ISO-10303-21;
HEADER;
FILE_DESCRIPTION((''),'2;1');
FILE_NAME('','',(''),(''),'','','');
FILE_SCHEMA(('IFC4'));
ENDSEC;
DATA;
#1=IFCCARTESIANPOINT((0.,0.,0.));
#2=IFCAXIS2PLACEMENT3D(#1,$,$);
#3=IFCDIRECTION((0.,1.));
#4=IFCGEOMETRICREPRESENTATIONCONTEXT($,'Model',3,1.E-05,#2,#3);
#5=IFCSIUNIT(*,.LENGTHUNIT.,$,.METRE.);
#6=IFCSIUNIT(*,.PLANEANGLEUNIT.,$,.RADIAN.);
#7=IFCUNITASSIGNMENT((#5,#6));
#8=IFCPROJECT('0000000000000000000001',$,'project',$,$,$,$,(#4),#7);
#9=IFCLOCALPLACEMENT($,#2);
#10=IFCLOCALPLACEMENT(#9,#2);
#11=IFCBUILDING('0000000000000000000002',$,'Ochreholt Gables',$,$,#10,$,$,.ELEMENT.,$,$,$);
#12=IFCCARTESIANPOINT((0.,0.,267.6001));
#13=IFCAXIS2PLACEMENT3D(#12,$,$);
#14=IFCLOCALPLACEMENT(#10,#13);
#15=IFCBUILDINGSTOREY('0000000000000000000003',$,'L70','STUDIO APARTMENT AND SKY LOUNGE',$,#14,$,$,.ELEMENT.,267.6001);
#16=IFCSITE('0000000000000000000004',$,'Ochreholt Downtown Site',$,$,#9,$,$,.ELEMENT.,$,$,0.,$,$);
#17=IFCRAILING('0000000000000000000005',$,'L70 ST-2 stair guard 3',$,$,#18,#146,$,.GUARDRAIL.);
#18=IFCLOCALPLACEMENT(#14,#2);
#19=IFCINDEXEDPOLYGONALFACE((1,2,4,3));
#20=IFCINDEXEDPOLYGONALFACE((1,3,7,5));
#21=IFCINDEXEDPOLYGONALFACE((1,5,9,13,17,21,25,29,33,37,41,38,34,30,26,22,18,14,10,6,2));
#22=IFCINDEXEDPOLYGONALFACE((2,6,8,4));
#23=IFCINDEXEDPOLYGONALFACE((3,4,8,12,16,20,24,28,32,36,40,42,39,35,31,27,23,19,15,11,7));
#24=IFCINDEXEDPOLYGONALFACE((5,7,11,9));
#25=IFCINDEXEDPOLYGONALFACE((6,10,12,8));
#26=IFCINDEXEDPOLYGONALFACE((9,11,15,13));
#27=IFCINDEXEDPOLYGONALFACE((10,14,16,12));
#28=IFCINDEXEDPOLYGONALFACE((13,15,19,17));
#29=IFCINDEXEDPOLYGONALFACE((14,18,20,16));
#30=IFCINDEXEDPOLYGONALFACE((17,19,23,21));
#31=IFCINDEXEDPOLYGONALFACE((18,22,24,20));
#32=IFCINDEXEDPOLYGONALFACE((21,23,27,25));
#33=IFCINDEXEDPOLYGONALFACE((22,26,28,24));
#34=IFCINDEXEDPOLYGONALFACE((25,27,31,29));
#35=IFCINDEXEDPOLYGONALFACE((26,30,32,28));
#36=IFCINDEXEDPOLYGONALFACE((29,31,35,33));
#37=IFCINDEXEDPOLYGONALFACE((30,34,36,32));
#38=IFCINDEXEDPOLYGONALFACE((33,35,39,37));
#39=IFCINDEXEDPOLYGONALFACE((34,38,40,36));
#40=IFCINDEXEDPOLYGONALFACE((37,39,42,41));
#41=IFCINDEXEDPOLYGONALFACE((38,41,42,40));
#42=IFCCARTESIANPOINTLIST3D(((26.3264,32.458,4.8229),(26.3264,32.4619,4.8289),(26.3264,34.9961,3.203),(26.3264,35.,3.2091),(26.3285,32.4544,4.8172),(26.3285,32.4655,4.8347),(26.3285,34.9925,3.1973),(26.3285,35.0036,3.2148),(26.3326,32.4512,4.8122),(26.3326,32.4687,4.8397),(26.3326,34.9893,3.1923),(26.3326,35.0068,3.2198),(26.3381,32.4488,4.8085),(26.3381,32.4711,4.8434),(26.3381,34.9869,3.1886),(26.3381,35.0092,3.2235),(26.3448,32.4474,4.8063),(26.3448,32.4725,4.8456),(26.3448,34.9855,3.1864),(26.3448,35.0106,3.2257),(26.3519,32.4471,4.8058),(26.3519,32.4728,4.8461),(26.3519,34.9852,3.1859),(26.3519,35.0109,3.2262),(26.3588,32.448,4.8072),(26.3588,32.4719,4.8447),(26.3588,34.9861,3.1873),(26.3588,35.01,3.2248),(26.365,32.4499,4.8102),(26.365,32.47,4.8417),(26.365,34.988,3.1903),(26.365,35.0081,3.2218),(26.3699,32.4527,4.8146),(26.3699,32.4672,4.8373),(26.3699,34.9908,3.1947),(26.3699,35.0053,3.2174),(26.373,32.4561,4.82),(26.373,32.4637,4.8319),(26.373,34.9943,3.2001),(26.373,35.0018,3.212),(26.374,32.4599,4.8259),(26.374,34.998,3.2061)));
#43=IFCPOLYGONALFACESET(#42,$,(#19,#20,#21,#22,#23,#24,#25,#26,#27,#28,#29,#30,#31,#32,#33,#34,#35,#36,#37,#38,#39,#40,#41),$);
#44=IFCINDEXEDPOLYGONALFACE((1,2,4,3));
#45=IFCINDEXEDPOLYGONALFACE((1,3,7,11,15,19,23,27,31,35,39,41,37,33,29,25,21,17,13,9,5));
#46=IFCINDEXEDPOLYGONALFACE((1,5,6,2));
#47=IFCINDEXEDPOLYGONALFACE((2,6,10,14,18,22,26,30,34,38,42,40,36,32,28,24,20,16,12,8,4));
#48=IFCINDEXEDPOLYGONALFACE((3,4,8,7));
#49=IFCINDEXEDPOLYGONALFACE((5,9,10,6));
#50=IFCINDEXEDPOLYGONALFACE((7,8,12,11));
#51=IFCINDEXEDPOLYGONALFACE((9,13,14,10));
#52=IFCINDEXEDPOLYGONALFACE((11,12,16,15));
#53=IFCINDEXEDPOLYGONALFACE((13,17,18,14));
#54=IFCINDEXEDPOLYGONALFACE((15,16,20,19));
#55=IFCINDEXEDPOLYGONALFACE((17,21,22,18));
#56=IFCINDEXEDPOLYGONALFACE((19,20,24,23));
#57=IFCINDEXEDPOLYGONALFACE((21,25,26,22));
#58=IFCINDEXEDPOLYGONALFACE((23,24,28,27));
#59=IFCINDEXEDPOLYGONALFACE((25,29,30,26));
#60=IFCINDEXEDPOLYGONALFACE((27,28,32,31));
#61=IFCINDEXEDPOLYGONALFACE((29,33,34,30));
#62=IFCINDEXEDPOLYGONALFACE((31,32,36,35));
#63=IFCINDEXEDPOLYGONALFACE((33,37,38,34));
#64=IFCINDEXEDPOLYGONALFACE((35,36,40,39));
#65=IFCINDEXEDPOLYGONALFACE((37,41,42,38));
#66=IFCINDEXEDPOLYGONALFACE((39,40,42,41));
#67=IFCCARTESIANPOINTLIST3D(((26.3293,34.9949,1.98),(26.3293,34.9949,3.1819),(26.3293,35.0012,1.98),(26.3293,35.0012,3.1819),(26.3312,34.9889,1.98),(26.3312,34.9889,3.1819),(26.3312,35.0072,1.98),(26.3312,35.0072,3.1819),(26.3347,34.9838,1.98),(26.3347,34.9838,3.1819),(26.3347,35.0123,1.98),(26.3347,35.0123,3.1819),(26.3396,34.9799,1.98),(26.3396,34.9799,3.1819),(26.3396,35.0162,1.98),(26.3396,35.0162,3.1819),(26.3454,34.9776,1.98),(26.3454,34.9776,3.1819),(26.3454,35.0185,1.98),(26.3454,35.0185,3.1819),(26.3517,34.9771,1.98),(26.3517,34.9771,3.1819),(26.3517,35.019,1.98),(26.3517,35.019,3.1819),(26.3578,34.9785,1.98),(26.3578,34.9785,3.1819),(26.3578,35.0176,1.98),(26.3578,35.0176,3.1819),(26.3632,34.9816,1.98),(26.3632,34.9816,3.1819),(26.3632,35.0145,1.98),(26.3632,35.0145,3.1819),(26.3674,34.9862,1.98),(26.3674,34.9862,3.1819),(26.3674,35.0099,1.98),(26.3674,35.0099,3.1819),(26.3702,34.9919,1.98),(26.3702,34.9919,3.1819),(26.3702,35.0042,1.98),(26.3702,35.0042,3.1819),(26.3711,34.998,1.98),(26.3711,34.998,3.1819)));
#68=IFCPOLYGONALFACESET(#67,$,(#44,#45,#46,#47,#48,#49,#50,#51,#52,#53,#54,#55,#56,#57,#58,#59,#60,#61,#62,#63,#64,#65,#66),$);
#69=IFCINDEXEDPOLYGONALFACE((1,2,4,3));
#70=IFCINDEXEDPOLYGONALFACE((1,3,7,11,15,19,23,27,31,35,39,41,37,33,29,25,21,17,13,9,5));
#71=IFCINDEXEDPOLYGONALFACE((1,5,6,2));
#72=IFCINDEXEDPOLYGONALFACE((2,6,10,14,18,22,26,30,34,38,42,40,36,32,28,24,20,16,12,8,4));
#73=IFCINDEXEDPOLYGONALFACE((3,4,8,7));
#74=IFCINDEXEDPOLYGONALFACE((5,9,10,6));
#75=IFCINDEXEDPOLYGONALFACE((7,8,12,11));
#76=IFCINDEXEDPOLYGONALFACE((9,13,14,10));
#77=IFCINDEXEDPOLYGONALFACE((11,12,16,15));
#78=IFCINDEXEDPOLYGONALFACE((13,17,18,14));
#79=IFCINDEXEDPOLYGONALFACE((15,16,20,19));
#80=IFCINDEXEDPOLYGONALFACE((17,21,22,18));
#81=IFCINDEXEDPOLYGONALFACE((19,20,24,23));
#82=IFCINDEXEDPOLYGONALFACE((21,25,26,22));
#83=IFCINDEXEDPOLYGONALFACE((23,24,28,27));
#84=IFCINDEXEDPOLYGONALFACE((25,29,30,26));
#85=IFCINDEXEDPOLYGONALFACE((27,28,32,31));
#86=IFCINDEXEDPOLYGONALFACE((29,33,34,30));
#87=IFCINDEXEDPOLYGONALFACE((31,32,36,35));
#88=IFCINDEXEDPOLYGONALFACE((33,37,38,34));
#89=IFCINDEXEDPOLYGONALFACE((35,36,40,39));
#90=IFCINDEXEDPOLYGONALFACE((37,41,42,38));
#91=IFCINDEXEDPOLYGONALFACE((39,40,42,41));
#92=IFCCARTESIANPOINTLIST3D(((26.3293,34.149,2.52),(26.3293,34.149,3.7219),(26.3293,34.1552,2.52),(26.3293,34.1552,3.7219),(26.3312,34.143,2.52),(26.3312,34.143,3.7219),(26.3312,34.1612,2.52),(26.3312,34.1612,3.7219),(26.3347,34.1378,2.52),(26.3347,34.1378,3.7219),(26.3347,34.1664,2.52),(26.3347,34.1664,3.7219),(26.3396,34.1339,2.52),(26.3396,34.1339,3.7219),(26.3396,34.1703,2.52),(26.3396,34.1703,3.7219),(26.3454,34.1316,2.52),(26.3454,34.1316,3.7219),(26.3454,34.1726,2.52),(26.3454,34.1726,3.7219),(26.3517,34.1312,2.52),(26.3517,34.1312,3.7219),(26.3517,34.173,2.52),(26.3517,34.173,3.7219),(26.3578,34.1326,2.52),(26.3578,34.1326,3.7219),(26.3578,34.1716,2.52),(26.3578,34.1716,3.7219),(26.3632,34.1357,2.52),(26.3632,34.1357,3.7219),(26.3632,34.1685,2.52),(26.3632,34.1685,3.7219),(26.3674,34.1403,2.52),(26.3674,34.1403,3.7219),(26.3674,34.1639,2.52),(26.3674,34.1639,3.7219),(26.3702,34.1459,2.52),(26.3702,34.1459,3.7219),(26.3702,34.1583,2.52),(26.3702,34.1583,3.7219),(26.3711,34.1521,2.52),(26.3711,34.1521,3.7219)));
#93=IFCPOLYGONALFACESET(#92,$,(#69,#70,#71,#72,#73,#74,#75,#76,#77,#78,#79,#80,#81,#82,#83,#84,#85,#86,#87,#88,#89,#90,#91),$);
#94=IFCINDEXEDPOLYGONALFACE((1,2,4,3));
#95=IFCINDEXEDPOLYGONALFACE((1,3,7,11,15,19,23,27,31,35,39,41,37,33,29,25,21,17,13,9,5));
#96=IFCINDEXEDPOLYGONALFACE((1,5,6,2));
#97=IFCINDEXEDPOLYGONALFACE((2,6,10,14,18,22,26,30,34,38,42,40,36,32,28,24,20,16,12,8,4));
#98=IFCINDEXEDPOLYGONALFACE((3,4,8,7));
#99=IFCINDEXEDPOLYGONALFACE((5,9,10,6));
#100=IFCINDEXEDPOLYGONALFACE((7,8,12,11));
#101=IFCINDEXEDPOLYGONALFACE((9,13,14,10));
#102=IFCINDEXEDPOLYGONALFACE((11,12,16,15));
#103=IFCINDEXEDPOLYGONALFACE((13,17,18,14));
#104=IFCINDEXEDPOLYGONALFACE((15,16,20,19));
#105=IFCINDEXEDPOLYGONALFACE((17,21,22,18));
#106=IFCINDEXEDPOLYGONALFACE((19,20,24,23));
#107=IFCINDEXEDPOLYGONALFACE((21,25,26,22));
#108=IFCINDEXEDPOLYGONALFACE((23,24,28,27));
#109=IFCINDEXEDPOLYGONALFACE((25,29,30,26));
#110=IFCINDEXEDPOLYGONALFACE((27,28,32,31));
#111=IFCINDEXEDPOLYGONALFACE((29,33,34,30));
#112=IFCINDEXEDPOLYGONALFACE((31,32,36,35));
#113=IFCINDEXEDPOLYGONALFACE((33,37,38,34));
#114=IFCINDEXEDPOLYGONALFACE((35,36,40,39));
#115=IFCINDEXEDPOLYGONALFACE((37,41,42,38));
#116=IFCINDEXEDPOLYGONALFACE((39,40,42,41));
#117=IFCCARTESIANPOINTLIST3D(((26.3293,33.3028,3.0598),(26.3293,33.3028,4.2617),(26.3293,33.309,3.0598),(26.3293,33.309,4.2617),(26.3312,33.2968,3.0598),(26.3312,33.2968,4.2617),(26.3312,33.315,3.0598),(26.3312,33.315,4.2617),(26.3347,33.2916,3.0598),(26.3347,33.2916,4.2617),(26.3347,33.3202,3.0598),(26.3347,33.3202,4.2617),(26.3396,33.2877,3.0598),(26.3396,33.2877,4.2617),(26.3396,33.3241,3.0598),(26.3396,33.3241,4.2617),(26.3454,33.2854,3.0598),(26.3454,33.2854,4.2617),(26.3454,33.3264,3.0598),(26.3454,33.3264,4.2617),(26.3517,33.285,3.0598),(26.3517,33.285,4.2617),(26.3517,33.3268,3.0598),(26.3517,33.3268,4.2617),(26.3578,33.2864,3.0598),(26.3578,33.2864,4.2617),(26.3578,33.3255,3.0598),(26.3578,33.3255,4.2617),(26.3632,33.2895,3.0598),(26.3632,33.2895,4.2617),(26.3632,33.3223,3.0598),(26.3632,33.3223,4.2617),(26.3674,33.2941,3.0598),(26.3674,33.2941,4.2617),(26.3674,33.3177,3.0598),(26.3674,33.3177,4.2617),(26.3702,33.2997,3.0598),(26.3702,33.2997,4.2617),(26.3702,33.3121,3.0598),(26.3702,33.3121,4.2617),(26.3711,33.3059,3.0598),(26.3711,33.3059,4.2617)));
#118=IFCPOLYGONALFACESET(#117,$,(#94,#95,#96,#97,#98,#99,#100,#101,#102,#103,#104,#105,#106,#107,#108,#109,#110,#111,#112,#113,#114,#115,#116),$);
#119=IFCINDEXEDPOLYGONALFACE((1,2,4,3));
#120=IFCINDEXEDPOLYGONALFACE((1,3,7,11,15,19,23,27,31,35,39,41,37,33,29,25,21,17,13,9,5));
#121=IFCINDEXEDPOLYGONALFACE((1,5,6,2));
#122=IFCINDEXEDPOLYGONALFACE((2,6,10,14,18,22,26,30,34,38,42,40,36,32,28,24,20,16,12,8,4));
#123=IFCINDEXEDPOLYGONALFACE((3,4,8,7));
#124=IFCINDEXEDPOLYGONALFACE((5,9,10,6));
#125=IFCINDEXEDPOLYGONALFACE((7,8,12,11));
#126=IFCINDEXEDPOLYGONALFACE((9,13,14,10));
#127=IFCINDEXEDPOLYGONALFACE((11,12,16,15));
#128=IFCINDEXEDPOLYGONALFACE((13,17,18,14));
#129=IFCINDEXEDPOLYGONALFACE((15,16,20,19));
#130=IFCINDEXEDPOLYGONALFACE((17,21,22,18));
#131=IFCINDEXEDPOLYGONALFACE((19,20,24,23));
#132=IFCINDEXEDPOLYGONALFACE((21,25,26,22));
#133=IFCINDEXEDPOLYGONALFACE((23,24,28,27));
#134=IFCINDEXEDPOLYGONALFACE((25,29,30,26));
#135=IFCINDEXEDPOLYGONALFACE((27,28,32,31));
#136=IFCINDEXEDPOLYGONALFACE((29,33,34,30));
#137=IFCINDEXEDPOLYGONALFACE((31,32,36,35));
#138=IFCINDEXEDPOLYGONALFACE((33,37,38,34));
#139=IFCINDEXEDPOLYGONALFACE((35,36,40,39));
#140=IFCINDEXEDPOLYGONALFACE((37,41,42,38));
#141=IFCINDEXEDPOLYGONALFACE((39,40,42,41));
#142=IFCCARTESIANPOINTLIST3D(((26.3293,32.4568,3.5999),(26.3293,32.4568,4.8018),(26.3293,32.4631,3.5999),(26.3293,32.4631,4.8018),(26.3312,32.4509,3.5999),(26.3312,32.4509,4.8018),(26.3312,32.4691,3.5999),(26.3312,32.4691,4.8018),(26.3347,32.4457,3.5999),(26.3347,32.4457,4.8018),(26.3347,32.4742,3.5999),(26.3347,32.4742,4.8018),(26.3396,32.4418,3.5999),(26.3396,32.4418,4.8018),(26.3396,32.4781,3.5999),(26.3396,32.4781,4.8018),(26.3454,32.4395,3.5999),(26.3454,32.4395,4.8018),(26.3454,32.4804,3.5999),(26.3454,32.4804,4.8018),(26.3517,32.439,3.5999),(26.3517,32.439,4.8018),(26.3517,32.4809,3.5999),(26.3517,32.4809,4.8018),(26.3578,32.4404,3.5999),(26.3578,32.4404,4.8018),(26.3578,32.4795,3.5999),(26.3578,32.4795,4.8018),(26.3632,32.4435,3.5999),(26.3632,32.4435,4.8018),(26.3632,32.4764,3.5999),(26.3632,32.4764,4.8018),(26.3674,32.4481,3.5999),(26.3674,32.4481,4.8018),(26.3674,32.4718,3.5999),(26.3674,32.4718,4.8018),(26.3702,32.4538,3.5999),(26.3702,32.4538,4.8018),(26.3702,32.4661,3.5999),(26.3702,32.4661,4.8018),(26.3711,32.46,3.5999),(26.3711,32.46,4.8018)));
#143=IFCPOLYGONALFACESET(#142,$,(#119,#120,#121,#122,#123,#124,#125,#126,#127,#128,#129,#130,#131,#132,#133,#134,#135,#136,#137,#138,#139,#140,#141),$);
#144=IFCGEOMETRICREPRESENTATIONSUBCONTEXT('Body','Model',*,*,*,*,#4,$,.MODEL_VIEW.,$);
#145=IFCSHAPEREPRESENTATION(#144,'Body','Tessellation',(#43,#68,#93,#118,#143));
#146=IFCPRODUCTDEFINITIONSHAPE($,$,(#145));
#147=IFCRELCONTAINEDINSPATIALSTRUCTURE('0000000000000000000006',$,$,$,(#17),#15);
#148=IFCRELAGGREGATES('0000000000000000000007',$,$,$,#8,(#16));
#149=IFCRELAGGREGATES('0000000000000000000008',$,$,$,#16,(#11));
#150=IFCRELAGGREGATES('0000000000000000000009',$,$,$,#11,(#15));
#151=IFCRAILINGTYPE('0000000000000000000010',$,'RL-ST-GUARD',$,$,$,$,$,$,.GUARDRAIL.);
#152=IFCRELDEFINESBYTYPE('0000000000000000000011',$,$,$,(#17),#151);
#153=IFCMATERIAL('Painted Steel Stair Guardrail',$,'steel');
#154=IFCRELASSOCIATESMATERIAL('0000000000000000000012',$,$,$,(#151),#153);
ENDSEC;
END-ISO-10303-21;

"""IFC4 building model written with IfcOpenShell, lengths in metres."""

from ifc_helpers import new_model, si_unit, direction, frame, origin, origin_2d, place, context, subcontext, project, spatial, circle, extrude, material, type_object, element, save


model = new_model("IFC4")

# Units and contexts
model_context = context("Model", 3, precision=1e-05, world=origin(), true_north=direction((0.0, 1.0)))
body_context = subcontext(model_context, "Body", "Model", "MODEL_VIEW")
ifc_project = project(units=[si_unit("LENGTHUNIT", "METRE"), si_unit("PLANEANGLEUNIT", "RADIAN")], contexts=[model_context])

# Site, building, storey
site_placement = place(None, origin())
site = spatial("IfcSite", under=ifc_project, at=site_placement, Name="Ochreholt Downtown Site", CompositionType="ELEMENT", RefElevation=0.0)
building_placement = place(site_placement, origin())
building = spatial("IfcBuilding", under=site, at=building_placement, Name="Ochreholt Gables", CompositionType="ELEMENT")
storey_placement = place(building_placement, frame((0.0, 0.0, 267.6001)))
storey = spatial("IfcBuildingStorey", under=building, at=storey_placement, Name="L70", Description="STUDIO APARTMENT AND SKY LOUNGE", CompositionType="ELEMENT", Elevation=267.6001)

# Railing
ifc_material_1 = material(Name="Painted Steel Stair Guardrail", Category="steel")
railing_type_1 = type_object("IfcRailingType", Name="RL-ST-GUARD", PredefinedType="GUARDRAIL", material=ifc_material_1)
railing_1_placement = place(storey_placement, frame((26.3501, 34.998, 1.98)))
element("IfcRailing", 1, at=railing_1_placement, inside=storey, type_object=railing_type_1, Name="L70 ST-2 stair guard 3", PredefinedType="GUARDRAIL", context=body_context, shape_type="SweptSolid", body=[
    extrude(circle(Radius=0.0239, at=origin_2d()), frame((0.0, 0.0, 1.2261), z_axis=(0.0, -0.84295, 0.537993), x_axis=(1.0, 0.0, 0.0)), (0.0, 0.0, 1.0), 3.011),
    extrude(circle(Radius=0.021, at=origin_2d()), origin(), (0.0, 0.0, 1.0), 1.2019),
    extrude(circle(Radius=0.021, at=origin_2d()), frame((0.0, -0.8459, 0.54)), (0.0, 0.0, 1.0), 1.2019),
    extrude(circle(Radius=0.021, at=origin_2d()), frame((0.0, -1.6921, 1.0798)), (0.0, 0.0, 1.0), 1.2019),
    extrude(circle(Radius=0.021, at=origin_2d()), frame((0.0, -2.5381, 1.6199)), (0.0, 0.0, 1.0), 1.2019),
])

save(model, "model.ifc")
